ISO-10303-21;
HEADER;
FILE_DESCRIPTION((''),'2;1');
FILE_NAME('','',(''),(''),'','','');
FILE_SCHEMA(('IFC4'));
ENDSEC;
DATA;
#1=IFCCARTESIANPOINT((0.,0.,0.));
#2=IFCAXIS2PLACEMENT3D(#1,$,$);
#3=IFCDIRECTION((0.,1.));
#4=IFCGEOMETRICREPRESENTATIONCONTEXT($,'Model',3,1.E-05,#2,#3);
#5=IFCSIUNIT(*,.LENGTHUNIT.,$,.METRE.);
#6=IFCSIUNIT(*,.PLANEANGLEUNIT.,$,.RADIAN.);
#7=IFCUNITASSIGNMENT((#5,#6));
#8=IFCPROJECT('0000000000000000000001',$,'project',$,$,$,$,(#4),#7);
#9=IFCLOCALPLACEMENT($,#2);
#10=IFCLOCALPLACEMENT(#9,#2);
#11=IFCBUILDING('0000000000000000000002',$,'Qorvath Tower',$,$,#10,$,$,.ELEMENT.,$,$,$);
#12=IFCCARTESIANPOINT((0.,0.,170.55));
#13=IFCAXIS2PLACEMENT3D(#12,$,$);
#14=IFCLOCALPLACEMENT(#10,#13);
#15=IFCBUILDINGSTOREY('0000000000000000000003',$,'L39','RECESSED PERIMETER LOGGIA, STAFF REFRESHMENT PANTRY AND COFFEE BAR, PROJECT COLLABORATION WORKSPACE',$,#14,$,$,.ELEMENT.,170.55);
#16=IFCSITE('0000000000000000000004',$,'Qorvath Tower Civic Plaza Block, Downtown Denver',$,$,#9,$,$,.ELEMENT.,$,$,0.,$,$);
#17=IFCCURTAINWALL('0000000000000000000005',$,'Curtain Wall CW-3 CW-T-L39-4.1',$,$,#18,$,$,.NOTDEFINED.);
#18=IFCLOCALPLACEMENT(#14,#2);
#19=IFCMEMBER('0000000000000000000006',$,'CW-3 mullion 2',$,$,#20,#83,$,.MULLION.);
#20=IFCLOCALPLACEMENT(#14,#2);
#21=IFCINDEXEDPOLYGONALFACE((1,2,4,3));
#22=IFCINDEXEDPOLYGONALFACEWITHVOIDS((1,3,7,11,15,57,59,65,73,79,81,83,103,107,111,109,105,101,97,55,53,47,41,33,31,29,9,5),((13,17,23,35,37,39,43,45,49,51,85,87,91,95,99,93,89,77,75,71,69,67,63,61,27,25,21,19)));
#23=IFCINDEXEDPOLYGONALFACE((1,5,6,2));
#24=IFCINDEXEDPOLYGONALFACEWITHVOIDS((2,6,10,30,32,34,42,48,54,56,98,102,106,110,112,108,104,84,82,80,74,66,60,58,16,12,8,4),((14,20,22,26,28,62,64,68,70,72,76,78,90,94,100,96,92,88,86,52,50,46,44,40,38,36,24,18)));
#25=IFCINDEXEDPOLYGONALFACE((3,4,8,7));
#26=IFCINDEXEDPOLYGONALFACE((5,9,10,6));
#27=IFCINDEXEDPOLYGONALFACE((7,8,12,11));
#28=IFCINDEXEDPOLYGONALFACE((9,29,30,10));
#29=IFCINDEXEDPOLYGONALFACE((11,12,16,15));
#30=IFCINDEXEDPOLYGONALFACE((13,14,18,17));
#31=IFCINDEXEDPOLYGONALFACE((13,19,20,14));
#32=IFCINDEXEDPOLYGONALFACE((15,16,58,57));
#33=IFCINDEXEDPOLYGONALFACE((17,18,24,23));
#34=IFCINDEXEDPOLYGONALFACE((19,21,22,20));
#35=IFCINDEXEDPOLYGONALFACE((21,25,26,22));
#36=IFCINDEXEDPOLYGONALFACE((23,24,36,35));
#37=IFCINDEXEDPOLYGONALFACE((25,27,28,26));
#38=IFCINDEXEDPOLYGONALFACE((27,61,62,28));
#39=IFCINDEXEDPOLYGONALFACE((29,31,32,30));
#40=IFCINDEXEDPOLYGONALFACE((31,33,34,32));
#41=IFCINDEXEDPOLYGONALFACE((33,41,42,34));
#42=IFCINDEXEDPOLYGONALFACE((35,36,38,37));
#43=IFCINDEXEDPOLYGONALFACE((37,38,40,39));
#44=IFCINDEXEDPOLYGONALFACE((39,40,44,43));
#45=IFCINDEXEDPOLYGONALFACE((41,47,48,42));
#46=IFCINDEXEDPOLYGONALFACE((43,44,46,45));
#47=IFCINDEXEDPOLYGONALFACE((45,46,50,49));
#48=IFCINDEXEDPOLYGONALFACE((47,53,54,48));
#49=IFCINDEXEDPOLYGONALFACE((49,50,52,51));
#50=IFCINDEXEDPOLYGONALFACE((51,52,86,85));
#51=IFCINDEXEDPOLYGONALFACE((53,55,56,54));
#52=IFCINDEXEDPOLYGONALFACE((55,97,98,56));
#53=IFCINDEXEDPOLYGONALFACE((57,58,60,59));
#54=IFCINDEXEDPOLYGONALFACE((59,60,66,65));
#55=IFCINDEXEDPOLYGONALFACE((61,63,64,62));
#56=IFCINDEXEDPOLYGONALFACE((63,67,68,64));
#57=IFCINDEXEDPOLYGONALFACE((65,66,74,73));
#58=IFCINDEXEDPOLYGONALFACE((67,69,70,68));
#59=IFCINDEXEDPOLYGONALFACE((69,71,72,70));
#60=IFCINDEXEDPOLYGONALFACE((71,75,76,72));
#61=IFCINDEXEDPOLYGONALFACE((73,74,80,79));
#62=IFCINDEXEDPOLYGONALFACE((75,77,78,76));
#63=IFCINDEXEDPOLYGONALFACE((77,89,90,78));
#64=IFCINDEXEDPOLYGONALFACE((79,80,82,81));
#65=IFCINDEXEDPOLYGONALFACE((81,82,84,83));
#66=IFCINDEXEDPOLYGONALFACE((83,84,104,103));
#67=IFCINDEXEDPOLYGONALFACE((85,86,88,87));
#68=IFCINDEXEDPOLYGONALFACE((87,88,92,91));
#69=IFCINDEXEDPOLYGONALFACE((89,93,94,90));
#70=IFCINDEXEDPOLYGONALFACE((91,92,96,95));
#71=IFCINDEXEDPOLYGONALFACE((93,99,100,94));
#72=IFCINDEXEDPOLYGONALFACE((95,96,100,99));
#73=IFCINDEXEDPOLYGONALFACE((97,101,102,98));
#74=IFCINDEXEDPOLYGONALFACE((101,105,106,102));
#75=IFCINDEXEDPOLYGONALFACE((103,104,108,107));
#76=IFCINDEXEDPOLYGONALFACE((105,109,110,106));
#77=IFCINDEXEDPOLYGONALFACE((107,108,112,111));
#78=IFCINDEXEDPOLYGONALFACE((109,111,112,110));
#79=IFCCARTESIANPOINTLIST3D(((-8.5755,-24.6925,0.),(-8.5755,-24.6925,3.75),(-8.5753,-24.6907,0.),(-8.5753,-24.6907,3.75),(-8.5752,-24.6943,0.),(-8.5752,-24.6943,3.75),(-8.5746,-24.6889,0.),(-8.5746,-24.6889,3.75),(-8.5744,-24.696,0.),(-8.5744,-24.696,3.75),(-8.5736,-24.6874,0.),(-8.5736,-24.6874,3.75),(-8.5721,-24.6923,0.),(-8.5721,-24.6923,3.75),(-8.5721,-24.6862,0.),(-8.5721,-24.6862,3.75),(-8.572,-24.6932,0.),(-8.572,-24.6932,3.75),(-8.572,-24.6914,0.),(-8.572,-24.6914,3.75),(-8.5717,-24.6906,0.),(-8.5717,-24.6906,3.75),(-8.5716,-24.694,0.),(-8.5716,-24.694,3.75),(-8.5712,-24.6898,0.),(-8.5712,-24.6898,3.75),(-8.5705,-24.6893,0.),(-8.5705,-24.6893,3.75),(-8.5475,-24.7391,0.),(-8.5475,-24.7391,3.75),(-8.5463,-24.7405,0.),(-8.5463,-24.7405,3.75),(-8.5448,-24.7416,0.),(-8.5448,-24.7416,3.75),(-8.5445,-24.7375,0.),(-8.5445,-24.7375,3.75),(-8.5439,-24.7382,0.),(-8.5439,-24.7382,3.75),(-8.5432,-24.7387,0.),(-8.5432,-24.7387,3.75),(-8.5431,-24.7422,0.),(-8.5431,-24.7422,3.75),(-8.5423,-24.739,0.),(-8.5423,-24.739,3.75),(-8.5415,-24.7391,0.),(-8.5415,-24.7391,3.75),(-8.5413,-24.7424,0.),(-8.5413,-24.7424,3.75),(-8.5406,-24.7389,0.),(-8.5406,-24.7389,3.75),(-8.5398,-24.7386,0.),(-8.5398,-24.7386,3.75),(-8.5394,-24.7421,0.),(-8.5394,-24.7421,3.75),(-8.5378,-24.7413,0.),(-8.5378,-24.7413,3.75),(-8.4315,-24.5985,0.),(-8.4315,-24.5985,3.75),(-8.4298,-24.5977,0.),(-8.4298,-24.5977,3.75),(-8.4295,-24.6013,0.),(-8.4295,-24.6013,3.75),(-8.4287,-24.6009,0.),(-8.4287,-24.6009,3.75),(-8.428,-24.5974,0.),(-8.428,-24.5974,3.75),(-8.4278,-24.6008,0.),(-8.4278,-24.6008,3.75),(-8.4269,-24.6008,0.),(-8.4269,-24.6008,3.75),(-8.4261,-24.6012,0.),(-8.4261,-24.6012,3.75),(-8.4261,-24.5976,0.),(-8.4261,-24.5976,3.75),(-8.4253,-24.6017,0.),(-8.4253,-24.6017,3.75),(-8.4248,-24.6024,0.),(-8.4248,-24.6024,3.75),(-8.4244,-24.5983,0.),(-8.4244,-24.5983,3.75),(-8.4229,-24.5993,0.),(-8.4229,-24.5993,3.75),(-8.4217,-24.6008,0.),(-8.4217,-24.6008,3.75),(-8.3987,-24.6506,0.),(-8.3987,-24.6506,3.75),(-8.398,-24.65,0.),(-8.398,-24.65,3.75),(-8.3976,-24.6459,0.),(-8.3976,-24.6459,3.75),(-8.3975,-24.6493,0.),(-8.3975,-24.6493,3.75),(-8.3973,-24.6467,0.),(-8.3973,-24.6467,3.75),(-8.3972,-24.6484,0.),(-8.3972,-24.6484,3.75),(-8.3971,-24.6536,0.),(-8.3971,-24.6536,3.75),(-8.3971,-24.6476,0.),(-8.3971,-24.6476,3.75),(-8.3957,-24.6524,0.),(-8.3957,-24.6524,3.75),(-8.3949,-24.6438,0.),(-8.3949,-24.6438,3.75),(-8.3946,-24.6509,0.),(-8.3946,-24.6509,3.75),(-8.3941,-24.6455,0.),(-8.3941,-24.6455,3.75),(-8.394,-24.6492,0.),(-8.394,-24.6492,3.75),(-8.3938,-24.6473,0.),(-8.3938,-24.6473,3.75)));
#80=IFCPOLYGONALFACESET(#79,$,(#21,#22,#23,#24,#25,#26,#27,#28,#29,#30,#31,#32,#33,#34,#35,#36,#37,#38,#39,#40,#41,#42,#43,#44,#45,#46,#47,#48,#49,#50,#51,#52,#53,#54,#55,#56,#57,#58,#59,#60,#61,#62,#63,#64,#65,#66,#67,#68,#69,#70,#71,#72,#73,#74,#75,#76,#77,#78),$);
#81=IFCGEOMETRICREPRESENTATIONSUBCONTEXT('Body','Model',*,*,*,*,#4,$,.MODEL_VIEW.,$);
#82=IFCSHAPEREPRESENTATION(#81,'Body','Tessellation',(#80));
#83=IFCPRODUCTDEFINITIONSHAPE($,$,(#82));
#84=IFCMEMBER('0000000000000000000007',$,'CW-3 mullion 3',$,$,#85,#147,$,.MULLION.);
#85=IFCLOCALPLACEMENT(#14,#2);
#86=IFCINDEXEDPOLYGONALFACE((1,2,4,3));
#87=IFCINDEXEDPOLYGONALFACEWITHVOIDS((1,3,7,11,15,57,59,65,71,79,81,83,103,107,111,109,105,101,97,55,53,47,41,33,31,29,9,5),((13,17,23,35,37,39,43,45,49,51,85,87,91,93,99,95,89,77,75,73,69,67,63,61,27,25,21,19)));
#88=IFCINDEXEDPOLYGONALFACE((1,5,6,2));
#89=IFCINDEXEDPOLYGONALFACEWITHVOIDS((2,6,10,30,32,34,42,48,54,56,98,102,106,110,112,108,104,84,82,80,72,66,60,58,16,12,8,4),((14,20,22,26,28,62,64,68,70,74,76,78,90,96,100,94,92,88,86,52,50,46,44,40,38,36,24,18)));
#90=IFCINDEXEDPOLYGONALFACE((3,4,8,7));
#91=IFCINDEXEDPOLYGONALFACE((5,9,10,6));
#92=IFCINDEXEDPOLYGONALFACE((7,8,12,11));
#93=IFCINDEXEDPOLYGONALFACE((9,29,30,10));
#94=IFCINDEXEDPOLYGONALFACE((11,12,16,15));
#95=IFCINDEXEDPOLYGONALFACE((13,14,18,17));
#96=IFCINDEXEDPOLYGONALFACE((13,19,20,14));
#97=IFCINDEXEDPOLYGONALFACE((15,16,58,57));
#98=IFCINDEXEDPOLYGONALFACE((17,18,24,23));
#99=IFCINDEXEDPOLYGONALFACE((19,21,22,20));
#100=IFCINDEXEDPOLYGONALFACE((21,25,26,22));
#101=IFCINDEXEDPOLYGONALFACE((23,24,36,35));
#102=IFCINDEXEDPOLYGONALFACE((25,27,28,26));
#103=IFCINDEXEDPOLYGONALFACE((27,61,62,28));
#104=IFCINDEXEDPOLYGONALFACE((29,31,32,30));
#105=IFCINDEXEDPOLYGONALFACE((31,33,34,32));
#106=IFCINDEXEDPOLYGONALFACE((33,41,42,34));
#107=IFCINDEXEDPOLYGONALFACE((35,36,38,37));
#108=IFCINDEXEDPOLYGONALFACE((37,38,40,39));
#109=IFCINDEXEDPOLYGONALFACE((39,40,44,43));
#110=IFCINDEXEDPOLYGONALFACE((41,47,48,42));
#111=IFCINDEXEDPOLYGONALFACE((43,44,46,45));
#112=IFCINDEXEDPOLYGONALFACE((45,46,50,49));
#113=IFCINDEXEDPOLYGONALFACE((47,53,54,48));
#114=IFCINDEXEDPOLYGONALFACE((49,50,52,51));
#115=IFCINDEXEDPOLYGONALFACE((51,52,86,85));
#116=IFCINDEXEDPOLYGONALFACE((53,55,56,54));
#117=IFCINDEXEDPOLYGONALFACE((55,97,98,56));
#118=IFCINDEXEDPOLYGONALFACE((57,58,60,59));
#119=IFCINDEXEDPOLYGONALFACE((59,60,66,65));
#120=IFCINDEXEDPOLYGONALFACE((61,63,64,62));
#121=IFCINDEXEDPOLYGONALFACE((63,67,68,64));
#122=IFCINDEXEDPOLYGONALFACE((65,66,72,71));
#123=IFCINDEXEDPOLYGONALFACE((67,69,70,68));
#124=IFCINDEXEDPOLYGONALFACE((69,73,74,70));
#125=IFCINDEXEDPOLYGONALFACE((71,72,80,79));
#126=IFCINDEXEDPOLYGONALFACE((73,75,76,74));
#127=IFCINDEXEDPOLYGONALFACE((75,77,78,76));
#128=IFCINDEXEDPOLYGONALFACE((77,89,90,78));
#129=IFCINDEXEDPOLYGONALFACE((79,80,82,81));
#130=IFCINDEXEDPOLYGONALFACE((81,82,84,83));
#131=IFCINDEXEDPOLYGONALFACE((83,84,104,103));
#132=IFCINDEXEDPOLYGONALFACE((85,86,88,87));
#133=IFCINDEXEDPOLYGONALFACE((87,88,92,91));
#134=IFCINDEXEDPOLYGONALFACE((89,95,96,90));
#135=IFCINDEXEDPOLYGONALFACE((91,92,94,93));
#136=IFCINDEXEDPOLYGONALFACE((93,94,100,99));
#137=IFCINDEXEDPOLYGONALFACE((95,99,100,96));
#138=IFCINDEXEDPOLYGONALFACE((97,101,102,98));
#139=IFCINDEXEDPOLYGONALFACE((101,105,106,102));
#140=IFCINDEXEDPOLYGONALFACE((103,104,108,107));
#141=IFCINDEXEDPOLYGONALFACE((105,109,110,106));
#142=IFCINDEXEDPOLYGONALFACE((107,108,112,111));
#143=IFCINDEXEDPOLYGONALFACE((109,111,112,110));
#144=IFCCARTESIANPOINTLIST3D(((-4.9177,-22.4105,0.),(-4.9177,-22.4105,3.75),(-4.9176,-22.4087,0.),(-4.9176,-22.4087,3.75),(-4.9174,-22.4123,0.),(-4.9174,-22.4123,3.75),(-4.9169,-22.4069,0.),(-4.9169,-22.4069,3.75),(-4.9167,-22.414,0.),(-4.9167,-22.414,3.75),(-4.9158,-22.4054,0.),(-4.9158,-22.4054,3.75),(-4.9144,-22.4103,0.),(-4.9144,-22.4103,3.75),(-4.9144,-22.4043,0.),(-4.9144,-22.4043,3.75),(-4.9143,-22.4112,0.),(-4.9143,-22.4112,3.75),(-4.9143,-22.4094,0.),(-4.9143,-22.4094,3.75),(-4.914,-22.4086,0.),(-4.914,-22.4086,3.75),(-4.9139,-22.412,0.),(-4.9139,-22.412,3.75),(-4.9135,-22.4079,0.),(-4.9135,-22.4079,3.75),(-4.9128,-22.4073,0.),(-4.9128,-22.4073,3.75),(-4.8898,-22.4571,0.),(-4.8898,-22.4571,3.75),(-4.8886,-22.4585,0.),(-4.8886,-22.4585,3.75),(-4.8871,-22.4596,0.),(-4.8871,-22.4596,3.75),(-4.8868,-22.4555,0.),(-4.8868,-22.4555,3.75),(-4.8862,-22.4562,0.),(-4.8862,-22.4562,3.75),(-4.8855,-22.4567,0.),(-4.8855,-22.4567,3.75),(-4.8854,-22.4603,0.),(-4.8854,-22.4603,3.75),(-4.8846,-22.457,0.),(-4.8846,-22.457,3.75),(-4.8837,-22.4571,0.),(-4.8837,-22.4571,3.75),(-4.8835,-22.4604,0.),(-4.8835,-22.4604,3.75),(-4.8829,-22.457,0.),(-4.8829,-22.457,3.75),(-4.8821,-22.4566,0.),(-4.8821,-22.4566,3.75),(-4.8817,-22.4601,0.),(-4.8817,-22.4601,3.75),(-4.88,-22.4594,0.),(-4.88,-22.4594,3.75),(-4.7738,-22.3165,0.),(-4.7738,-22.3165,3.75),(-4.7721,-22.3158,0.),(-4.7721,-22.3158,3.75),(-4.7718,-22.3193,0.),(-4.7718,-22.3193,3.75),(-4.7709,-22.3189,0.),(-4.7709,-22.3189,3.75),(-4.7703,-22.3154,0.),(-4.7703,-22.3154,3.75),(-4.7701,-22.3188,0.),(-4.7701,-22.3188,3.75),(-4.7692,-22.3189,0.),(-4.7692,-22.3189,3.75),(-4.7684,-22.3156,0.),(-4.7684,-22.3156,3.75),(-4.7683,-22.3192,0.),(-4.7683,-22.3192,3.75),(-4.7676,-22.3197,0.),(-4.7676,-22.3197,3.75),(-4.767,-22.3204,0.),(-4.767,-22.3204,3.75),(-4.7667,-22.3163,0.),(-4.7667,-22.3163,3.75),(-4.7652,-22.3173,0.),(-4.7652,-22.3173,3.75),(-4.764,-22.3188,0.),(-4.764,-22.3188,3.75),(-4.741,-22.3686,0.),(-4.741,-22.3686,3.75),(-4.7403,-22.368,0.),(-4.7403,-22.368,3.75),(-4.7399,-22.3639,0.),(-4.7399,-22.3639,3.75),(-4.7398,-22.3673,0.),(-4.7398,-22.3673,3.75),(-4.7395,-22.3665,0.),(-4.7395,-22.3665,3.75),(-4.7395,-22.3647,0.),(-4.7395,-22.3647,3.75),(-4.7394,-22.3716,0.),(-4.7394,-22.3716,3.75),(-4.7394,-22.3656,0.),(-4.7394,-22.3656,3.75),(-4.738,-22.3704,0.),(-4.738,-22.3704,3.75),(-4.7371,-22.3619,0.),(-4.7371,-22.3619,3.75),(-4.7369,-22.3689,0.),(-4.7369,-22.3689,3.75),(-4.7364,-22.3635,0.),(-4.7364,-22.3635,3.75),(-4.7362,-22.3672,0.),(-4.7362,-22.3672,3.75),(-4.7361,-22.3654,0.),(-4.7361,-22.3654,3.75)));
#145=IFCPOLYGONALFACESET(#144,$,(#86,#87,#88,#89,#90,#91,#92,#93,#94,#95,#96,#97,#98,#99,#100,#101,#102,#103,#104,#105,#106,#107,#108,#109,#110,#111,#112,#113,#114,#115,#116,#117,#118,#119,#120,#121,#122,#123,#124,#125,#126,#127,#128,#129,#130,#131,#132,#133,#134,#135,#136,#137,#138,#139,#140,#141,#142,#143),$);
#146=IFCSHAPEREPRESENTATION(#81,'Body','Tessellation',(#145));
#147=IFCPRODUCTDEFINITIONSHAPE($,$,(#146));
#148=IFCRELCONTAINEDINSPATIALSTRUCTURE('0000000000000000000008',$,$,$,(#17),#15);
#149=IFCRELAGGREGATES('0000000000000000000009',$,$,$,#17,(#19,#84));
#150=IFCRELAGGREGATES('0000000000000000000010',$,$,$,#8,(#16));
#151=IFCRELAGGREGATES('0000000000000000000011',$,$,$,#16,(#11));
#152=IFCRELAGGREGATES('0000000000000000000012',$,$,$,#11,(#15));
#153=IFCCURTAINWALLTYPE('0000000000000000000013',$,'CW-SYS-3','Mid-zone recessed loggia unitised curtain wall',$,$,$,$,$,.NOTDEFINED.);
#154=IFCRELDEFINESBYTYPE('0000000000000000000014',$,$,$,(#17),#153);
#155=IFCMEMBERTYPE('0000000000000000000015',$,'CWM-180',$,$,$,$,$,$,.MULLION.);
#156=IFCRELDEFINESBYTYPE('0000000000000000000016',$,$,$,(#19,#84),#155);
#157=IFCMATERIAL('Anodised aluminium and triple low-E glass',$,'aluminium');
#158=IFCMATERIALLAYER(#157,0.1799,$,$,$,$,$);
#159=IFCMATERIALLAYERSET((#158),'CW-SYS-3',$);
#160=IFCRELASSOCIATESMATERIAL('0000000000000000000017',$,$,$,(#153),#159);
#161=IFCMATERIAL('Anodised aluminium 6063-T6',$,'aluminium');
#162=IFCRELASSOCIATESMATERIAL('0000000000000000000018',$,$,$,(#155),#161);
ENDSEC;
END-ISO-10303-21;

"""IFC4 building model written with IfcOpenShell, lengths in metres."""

from ifc_helpers import new_model, si_unit, direction, frame, origin, origin_2d, place, context, subcontext, project, spatial, hollow_rectangle, extrude, material, layer, layer_set, material_profile, profile_set, type_object, element, aggregate, save


model = new_model("IFC4")

# Units and contexts
model_context = context("Model", 3, precision=1e-05, world=origin(), true_north=direction((0.0, 1.0)))
body_context = subcontext(model_context, "Body", "Model", "MODEL_VIEW")
ifc_project = project(units=[si_unit("LENGTHUNIT", "METRE"), si_unit("PLANEANGLEUNIT", "RADIAN")], contexts=[model_context])

# Site, building, storey
site_placement = place(None, origin())
site = spatial("IfcSite", under=ifc_project, at=site_placement, Name="Qorvath Tower Civic Plaza Block, Downtown Denver", CompositionType="ELEMENT", RefElevation=0.0)
building_placement = place(site_placement, origin())
building = spatial("IfcBuilding", under=site, at=building_placement, Name="Qorvath Tower", CompositionType="ELEMENT")
storey_placement = place(building_placement, frame((0.0, 0.0, 170.55)))
storey = spatial("IfcBuildingStorey", under=building, at=storey_placement, Name="L39", Description="RECESSED PERIMETER LOGGIA, STAFF REFRESHMENT PANTRY AND COFFEE BAR, PROJECT COLLABORATION WORKSPACE", CompositionType="ELEMENT", Elevation=170.55)

# Curtain wall, members
ifc_material_1 = material(Name="Anodised aluminium and triple low-E glass", Category="aluminium")
ifc_layer_1 = layer(ifc_material_1, 0.1799)
ifc_layer_set_1 = layer_set([ifc_layer_1], Name="CW-SYS-3")
curtain_wall_type = type_object("IfcCurtainWallType", Name="CW-SYS-3", Description="Mid-zone recessed loggia unitised curtain wall", PredefinedType="NOTDEFINED", material=ifc_layer_set_1)
curtain_wall_1_placement = place(storey_placement, origin())
curtain_wall_1 = element("IfcCurtainWall", 1, at=curtain_wall_1_placement, inside=storey, type_object=curtain_wall_type, Name="Curtain Wall CW-3 CW-T-L39-4.1", PredefinedType="NOTDEFINED")
ifc_material_2 = material(Name="Anodised aluminium 6063-T6", Category="aluminium")
ifc_material_profile_1 = material_profile(ifc_material_2, hollow_rectangle(XDim=0.0649, YDim=0.1799, WallThickness=0.0034, InnerFilletRadius=0.0034, OuterFilletRadius=0.0071, at=origin_2d()), Name="CWM 180x65")
ifc_profile_set_1 = profile_set([ifc_material_profile_1], Name="Anodised aluminium 6063-T6")
member_type_1 = type_object("IfcMemberType", Name="CWM-180", PredefinedType="MULLION", material=ifc_profile_set_1)
member_1_placement = place(storey_placement, frame((-8.4846, -24.6699, 0.0), z_axis=(0.0, 0.0, 1.0), x_axis=(-0.529328, 0.848417, 0.0)))
member_1 = element("IfcMember", 2, at=member_1_placement, type_object=member_type_1, Name="CW-3 mullion 2", PredefinedType="MULLION", context=body_context, shape_type="SweptSolid", body=[
    extrude(hollow_rectangle(XDim=0.0649, YDim=0.1799, WallThickness=0.0034, InnerFilletRadius=0.0034, OuterFilletRadius=0.0071, at=origin_2d()), origin(), (0.0, 0.0, 1.0), 3.75),
])
member_2_placement = place(storey_placement, frame((-4.8269, -22.3879, 0.0), z_axis=(0.0, 0.0, 1.0), x_axis=(-0.529328, 0.848417, 0.0)))
member_2 = element("IfcMember", 3, at=member_2_placement, type_object=member_type_1, Name="CW-3 mullion 3", PredefinedType="MULLION", context=body_context, shape_type="SweptSolid", body=[
    extrude(hollow_rectangle(XDim=0.0649, YDim=0.1799, WallThickness=0.0034, InnerFilletRadius=0.0034, OuterFilletRadius=0.0071, at=origin_2d()), origin(), (0.0, 0.0, 1.0), 3.75),
])

aggregate(curtain_wall_1, [member_1, member_2])

save(model, "model.ifc")
